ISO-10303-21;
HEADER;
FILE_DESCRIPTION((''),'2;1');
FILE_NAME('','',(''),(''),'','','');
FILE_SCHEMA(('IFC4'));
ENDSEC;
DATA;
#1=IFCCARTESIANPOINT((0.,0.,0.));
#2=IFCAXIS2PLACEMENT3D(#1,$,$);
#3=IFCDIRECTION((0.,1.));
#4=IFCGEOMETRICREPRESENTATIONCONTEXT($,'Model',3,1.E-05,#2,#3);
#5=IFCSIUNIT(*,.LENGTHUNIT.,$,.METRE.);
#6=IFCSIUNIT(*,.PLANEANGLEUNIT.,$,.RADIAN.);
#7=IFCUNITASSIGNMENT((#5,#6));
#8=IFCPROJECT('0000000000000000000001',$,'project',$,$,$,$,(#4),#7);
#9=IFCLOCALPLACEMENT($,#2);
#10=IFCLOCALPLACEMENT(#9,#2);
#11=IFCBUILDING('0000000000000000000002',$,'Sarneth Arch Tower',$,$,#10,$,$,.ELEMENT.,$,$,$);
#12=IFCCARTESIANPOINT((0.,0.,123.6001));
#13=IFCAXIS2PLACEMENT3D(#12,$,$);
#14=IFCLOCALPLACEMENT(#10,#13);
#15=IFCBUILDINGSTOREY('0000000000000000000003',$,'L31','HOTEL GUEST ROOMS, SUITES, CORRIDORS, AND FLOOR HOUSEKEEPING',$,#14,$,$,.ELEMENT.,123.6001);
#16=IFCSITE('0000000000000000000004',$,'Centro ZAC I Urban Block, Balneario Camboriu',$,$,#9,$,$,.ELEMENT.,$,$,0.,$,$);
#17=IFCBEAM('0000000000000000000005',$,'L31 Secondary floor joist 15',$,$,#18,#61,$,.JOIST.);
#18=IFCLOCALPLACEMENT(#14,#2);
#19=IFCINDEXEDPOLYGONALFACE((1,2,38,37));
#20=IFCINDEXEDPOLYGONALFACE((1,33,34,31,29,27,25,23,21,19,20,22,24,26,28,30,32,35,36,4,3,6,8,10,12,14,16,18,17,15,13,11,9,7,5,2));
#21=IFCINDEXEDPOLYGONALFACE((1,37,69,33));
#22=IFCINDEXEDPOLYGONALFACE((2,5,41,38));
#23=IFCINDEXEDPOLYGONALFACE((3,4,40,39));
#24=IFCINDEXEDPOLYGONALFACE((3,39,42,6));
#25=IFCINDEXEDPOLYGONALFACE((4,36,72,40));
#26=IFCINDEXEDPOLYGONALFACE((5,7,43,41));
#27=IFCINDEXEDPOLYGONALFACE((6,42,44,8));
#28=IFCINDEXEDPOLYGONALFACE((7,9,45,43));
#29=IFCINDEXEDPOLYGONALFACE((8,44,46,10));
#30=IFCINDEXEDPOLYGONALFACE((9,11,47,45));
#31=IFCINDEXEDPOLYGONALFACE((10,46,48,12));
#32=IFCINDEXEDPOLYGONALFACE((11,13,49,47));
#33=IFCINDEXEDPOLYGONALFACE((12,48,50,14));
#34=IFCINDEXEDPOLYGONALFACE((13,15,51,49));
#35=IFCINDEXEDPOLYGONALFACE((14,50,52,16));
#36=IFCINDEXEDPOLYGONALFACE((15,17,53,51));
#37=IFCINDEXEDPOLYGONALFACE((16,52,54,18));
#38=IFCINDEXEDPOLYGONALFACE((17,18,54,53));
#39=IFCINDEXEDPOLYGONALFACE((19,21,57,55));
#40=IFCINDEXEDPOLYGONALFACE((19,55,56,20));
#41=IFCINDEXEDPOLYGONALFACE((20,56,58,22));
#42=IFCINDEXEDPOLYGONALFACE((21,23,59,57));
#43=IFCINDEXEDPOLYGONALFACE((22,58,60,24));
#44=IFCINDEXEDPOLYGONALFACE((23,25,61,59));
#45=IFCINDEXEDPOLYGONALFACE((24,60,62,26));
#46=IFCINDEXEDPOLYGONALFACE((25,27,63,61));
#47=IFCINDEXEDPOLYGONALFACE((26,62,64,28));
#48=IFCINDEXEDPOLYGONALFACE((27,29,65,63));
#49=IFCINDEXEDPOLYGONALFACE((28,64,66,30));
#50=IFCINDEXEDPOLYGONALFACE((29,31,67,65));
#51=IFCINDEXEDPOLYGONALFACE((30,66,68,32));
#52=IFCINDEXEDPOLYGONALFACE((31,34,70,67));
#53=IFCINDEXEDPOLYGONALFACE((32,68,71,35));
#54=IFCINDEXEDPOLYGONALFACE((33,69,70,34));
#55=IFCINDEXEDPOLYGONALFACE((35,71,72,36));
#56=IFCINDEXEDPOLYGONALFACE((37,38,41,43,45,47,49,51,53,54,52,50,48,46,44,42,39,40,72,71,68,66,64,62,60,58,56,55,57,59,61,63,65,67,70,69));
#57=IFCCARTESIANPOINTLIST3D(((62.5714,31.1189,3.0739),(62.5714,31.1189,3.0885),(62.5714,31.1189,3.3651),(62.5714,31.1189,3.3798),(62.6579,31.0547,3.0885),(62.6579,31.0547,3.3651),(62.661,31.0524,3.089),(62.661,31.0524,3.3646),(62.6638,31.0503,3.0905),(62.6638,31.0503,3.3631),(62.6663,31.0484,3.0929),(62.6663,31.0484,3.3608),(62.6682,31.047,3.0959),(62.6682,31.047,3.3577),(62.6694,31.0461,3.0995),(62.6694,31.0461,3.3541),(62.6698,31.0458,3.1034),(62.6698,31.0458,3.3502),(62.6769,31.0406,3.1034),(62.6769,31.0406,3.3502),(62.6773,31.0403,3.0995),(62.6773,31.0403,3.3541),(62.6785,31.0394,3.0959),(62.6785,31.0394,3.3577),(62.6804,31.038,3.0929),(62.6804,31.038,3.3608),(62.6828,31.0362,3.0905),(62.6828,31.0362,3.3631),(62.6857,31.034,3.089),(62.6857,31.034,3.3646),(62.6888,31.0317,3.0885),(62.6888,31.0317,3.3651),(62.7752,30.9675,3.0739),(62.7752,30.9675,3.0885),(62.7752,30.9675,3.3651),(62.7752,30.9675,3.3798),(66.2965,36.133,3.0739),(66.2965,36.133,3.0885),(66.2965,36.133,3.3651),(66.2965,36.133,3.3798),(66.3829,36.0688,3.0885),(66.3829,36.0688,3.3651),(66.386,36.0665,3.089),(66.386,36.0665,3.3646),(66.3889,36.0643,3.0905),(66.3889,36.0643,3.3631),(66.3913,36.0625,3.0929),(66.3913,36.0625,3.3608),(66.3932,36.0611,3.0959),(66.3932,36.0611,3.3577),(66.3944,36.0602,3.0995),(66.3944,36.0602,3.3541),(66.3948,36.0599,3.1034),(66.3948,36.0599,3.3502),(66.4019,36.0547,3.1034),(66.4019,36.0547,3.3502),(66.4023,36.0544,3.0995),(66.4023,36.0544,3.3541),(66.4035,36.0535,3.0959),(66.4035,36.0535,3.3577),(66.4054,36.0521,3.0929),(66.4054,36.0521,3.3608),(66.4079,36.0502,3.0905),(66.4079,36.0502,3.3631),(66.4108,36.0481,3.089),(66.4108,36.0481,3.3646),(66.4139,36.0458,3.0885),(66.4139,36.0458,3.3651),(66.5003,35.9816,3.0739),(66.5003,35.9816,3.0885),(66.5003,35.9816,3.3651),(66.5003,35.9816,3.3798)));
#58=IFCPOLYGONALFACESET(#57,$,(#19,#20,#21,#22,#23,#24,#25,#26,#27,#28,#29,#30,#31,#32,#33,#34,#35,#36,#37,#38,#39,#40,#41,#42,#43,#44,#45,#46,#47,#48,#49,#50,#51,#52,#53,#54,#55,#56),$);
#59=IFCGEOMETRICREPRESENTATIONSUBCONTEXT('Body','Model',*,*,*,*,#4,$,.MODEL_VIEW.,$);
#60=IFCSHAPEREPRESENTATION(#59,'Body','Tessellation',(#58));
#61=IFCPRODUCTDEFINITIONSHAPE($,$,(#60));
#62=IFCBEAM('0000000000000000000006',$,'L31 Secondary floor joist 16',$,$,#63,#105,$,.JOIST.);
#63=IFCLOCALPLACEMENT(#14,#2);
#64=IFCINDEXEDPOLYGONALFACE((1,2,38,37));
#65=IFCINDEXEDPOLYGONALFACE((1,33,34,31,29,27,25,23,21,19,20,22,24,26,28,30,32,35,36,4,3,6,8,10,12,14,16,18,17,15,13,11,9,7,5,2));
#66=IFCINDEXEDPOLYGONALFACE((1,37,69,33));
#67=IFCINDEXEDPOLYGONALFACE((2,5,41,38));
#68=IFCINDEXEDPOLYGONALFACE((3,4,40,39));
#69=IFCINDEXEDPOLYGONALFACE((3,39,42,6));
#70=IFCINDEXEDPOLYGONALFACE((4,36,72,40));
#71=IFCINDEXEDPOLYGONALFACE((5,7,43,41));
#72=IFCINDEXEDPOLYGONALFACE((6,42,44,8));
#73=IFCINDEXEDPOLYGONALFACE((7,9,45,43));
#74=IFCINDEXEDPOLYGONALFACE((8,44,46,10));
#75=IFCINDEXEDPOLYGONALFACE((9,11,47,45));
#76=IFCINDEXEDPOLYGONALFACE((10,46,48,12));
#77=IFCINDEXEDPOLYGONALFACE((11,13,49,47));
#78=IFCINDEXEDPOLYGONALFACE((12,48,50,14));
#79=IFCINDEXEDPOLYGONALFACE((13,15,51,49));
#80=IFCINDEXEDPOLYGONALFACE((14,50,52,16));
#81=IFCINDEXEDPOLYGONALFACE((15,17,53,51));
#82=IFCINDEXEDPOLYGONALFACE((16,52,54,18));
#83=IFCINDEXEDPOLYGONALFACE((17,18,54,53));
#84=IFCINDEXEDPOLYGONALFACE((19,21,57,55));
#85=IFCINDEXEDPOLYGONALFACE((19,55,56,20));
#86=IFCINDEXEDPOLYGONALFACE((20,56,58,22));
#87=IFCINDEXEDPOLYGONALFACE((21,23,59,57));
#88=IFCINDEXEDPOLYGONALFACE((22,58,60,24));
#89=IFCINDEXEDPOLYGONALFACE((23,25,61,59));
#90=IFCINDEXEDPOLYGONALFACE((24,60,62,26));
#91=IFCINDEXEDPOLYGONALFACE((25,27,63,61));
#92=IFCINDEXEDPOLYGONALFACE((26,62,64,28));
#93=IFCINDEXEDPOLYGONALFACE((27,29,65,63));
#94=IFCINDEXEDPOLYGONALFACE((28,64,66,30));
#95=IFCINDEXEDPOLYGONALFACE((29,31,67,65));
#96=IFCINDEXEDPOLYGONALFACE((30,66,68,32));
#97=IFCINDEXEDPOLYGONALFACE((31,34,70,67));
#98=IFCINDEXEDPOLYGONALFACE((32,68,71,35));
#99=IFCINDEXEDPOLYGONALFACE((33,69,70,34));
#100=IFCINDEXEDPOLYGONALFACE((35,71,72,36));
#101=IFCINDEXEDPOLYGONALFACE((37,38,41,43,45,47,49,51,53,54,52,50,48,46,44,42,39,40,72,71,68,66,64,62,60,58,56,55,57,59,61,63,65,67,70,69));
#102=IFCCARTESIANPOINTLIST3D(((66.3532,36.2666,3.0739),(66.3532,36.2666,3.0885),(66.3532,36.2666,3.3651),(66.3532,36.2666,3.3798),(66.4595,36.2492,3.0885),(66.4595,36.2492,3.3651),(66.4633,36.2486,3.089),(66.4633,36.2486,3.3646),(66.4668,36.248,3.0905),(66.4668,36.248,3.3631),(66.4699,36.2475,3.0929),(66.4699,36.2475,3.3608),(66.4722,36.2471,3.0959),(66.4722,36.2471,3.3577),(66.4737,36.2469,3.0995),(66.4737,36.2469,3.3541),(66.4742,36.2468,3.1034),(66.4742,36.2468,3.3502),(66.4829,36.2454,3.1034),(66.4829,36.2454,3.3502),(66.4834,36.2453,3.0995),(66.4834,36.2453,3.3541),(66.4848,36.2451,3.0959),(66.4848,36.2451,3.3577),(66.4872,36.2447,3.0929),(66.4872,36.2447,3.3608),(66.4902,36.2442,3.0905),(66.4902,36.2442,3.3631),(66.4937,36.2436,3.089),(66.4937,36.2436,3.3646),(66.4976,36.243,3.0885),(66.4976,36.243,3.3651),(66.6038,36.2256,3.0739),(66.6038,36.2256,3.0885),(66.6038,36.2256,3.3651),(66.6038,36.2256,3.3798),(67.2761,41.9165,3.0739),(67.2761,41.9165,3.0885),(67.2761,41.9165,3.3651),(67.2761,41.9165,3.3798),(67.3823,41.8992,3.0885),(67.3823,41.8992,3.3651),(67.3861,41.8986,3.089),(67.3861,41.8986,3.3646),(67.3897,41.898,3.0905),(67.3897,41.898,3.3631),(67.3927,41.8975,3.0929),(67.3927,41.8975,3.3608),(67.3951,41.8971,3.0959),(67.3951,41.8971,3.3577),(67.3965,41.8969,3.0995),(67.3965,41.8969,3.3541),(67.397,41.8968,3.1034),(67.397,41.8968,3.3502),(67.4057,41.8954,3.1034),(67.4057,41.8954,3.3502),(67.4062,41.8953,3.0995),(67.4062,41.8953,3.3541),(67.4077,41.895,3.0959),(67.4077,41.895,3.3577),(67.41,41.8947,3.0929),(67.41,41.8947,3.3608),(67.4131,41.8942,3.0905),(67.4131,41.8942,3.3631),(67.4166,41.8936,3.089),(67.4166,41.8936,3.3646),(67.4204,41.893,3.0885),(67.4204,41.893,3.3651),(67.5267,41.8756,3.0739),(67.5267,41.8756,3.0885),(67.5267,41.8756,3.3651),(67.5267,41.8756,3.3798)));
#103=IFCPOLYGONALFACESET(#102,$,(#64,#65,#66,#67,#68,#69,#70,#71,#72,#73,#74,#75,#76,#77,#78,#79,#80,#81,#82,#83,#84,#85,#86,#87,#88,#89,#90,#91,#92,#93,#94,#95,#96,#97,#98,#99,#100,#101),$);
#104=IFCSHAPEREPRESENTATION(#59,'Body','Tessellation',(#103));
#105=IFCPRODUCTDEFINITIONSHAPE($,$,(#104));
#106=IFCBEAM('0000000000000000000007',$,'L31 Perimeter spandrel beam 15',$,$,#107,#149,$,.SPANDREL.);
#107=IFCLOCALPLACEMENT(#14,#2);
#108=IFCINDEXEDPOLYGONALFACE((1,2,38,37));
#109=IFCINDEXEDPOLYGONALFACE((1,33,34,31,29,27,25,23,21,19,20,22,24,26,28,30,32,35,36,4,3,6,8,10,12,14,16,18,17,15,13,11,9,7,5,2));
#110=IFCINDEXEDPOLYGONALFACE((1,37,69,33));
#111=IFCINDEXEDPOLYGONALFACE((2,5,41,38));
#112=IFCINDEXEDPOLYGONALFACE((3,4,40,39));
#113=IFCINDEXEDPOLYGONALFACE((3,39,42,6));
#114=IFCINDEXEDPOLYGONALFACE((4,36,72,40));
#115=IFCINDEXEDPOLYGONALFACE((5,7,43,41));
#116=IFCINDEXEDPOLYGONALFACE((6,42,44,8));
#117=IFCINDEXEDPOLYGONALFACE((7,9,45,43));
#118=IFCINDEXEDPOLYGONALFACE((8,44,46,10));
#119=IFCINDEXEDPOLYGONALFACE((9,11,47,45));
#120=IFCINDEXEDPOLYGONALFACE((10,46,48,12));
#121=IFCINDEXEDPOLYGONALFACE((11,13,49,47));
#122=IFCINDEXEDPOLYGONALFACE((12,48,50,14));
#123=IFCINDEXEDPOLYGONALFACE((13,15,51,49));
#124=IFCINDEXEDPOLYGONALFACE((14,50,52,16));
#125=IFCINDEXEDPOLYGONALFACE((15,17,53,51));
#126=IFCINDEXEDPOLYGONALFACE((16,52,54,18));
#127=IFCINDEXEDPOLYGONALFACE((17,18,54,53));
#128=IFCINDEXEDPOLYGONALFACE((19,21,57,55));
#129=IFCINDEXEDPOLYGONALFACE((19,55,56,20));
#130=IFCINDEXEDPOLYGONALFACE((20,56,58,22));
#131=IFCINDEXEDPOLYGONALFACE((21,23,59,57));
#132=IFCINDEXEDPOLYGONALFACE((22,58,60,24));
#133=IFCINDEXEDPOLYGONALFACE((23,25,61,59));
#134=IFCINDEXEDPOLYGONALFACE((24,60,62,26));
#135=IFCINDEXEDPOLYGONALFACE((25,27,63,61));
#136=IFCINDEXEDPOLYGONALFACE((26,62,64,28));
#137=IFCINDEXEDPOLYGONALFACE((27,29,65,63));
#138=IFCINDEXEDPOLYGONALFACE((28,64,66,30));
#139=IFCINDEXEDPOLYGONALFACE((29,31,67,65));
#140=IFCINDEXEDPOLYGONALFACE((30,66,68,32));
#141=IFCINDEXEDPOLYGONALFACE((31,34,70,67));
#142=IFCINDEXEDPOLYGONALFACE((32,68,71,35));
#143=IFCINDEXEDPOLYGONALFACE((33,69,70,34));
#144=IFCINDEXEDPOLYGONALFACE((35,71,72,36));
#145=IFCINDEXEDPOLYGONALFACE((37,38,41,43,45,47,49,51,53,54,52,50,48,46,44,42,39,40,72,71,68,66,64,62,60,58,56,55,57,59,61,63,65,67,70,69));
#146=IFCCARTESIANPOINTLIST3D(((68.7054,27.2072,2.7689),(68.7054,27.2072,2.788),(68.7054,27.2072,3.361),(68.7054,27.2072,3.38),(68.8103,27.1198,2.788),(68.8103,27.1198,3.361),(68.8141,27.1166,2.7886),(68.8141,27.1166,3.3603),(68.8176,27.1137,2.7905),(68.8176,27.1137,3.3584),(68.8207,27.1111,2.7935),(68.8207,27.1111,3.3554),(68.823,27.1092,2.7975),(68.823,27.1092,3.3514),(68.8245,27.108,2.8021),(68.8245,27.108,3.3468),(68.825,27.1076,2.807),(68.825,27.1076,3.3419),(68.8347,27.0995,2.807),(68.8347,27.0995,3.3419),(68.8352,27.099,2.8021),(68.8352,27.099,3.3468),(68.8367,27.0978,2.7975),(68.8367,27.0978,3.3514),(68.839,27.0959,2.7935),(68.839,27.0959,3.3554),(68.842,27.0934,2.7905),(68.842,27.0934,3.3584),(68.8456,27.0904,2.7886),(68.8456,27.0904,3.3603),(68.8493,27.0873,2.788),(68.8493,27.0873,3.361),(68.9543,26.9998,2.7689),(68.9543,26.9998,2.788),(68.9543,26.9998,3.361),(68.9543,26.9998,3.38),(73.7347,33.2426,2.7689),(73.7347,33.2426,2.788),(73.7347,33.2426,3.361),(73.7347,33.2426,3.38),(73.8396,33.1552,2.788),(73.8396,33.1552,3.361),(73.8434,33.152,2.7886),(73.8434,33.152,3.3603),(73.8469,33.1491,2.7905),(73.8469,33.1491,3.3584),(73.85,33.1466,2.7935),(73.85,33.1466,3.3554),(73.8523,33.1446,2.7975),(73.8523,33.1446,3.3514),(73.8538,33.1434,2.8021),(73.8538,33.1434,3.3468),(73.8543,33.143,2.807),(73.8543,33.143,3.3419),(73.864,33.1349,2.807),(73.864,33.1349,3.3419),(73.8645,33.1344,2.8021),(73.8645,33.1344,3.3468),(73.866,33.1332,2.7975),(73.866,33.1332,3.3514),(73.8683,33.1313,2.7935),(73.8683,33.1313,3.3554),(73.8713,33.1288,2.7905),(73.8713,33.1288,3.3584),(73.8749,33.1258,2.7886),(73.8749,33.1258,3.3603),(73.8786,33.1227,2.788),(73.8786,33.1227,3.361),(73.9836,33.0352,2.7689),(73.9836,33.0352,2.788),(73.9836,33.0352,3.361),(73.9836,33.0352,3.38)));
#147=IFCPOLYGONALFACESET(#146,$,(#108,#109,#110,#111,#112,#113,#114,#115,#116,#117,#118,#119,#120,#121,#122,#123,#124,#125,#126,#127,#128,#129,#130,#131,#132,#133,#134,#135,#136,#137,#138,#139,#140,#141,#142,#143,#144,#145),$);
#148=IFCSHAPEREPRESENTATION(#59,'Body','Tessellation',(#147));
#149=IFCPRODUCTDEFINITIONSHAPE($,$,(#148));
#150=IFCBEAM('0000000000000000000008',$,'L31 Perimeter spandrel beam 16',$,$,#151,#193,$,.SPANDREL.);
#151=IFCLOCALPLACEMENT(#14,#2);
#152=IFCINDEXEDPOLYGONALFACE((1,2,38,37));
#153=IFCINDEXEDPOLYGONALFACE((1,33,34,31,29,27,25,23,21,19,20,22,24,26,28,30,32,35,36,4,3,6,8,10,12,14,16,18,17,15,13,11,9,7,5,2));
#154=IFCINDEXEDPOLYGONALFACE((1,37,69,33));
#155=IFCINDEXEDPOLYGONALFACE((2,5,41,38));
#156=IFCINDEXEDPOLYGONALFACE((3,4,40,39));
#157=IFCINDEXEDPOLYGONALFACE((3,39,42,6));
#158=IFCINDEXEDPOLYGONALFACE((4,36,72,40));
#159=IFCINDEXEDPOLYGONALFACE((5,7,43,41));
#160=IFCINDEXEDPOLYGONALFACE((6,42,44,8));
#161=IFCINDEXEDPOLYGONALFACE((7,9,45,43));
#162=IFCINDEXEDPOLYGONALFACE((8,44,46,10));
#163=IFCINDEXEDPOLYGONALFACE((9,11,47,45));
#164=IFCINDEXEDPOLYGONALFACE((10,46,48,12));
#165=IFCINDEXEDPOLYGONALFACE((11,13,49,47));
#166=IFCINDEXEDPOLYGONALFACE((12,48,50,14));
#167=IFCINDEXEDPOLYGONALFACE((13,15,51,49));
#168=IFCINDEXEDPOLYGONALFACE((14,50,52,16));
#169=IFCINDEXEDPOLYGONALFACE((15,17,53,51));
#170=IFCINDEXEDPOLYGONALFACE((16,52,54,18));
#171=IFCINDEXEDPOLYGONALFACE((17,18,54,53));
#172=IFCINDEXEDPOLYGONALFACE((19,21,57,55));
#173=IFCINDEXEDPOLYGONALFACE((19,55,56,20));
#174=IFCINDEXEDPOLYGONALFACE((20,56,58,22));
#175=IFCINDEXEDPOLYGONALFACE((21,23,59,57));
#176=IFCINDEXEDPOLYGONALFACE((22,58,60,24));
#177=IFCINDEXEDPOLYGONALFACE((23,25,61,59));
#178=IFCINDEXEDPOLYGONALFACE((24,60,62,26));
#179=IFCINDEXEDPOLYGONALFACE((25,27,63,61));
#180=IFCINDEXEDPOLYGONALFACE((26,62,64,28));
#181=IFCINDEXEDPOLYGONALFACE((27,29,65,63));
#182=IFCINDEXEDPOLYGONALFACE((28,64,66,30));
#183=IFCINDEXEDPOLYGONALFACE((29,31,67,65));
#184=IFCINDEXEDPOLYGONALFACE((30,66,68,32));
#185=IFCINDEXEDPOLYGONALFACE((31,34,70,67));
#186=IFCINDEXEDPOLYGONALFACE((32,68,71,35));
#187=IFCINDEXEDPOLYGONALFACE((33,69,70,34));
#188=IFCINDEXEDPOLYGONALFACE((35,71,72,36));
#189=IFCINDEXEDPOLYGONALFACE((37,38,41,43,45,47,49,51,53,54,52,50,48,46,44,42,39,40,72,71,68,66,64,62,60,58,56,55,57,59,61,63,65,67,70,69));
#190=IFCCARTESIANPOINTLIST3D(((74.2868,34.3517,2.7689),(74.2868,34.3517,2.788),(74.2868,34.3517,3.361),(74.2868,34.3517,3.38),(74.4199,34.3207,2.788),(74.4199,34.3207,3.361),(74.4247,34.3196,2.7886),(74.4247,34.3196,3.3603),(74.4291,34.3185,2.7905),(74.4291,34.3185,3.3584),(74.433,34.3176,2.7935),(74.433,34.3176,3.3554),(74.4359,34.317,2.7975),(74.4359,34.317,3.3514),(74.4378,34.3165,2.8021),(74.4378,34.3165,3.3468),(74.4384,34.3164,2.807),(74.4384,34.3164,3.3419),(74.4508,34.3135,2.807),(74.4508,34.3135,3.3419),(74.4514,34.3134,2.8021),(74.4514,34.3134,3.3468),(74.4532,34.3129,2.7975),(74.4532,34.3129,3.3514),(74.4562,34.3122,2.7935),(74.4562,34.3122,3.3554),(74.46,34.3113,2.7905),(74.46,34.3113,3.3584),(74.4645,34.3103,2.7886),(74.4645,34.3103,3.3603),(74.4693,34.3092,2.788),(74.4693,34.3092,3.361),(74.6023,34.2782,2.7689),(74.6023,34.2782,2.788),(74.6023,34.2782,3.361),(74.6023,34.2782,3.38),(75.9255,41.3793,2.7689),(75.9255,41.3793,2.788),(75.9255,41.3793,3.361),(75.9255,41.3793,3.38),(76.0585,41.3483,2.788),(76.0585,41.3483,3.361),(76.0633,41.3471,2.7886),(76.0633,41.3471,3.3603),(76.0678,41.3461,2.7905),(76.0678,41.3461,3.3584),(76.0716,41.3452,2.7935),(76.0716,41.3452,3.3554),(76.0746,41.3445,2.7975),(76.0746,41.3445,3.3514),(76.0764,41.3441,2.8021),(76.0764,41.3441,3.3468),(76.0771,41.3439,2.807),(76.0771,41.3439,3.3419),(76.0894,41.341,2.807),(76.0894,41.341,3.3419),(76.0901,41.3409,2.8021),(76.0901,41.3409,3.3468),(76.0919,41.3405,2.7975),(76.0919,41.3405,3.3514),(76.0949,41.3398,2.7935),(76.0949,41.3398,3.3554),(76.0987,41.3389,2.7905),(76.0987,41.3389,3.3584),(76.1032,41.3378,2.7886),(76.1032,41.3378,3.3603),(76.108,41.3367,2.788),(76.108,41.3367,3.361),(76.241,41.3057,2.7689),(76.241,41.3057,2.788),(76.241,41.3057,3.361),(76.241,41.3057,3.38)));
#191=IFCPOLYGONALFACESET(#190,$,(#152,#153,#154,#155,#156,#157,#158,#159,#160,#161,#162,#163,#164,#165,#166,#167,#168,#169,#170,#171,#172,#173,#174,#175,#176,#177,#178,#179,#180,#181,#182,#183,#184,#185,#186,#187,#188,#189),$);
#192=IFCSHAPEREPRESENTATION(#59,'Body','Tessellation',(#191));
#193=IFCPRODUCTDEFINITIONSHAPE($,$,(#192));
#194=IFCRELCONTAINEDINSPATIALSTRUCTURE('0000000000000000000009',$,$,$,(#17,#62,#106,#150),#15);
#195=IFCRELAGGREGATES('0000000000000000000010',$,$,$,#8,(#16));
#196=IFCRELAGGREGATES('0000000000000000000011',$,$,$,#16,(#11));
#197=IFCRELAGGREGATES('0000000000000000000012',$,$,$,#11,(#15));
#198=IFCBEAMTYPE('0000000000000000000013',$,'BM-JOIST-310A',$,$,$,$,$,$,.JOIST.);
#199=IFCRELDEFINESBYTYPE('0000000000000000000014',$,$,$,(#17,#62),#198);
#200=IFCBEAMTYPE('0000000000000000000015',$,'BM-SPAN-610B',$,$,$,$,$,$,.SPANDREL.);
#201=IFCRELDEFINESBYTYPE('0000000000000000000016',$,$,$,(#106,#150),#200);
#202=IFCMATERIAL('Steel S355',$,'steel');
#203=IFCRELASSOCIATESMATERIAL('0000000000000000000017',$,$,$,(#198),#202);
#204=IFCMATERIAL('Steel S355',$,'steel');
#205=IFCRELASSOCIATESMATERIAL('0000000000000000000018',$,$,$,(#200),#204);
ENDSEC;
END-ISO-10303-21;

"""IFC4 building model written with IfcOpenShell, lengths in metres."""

from ifc_helpers import new_model, si_unit, direction, frame, origin, origin_2d, place, context, subcontext, project, spatial, i_section, extrude, material, material_profile, profile_set, type_object, element, save


model = new_model("IFC4")

# Units and contexts
model_context = context("Model", 3, precision=1e-05, world=origin(), true_north=direction((0.0, 1.0)))
body_context = subcontext(model_context, "Body", "Model", "MODEL_VIEW")
ifc_project = project(units=[si_unit("LENGTHUNIT", "METRE"), si_unit("PLANEANGLEUNIT", "RADIAN")], contexts=[model_context])

# Site, building, storey
site_placement = place(None, origin())
site = spatial("IfcSite", under=ifc_project, at=site_placement, Name="Centro ZAC I Urban Block, Balneario Camboriu", CompositionType="ELEMENT", RefElevation=0.0)
building_placement = place(site_placement, origin())
building = spatial("IfcBuilding", under=site, at=building_placement, Name="Sarneth Arch Tower", CompositionType="ELEMENT")
storey_placement = place(building_placement, frame((0.0, 0.0, 123.6001)))
storey = spatial("IfcBuildingStorey", under=building, at=storey_placement, Name="L31", Description="HOTEL GUEST ROOMS, SUITES, CORRIDORS, AND FLOOR HOUSEKEEPING", CompositionType="ELEMENT", Elevation=123.6001)

# Beams
ifc_material_1 = material(Name="Steel S355", Category="steel")
ifc_material_profile_1 = material_profile(ifc_material_1, i_section(OverallWidth=0.2539, OverallDepth=0.3059, WebThickness=0.0088, FlangeThickness=0.0146, FilletRadius=0.0149, at=origin_2d()), Name="W310x79")
ifc_profile_set_1 = profile_set([ifc_material_profile_1], Name="Steel S355")
beam_type_1 = type_object("IfcBeamType", Name="BM-JOIST-310A", PredefinedType="JOIST", material=ifc_profile_set_1)
beam_1_placement = place(storey_placement, frame((62.6733, 31.0432, 3.2268), z_axis=(0.596354, 0.802721, 0.0), x_axis=(-0.802721, 0.596354, 0.0)))
element("IfcBeam", 1, at=beam_1_placement, inside=storey, type_object=beam_type_1, Name="L31 Secondary floor joist 15", PredefinedType="JOIST", context=body_context, shape_type="SweptSolid", body=[
    extrude(i_section(OverallWidth=0.2539, OverallDepth=0.3059, WebThickness=0.0088, FlangeThickness=0.0146, FilletRadius=0.0149, at=origin_2d()), origin(), (0.0, 0.0, 1.0), 6.2463),
])
beam_2_placement = place(storey_placement, frame((66.4785, 36.2461, 3.2268), z_axis=(0.161203, 0.986921, 0.0), x_axis=(-0.986921, 0.161203, 0.0)))
element("IfcBeam", 2, at=beam_2_placement, inside=storey, type_object=beam_type_1, Name="L31 Secondary floor joist 16", PredefinedType="JOIST", context=body_context, shape_type="SweptSolid", body=[
    extrude(i_section(OverallWidth=0.2539, OverallDepth=0.3059, WebThickness=0.0088, FlangeThickness=0.0146, FilletRadius=0.0149, at=origin_2d()), origin(), (0.0, 0.0, 1.0), 5.7249),
])
ifc_material_2 = material(Name="Steel S355", Category="steel")
ifc_material_profile_2 = material_profile(ifc_material_2, i_section(OverallWidth=0.324, OverallDepth=0.6111, WebThickness=0.0127, FlangeThickness=0.019, FilletRadius=0.019, at=origin_2d()), Name="W610x155")
ifc_profile_set_2 = profile_set([ifc_material_profile_2], Name="Steel S355")
beam_type_2 = type_object("IfcBeamType", Name="BM-SPAN-610B", PredefinedType="SPANDREL", material=ifc_profile_set_2)
beam_3_placement = place(storey_placement, frame((68.8298, 27.1035, 3.0745), z_axis=(0.640169, 0.768234, 0.0), x_axis=(-0.768234, 0.640169, 0.0)))
element("IfcBeam", 3, at=beam_3_placement, inside=storey, type_object=beam_type_2, Name="L31 Perimeter spandrel beam 15", PredefinedType="SPANDREL", context=body_context, shape_type="SweptSolid", body=[
    extrude(i_section(OverallWidth=0.324, OverallDepth=0.6111, WebThickness=0.0127, FlangeThickness=0.019, FilletRadius=0.019, at=origin_2d()), origin(), (0.0, 0.0, 1.0), 7.8562),
])
beam_4_placement = place(storey_placement, frame((74.4446, 34.3149, 3.0745), z_axis=(0.227085, 0.973875, 0.0), x_axis=(-0.973875, 0.227085, 0.0)))
element("IfcBeam", 4, at=beam_4_placement, inside=storey, type_object=beam_type_2, Name="L31 Perimeter spandrel beam 16", PredefinedType="SPANDREL", context=body_context, shape_type="SweptSolid", body=[
    extrude(i_section(OverallWidth=0.324, OverallDepth=0.6111, WebThickness=0.0127, FlangeThickness=0.019, FilletRadius=0.019, at=origin_2d()), origin(), (0.0, 0.0, 1.0), 7.2161),
])

save(model, "model.ifc")
